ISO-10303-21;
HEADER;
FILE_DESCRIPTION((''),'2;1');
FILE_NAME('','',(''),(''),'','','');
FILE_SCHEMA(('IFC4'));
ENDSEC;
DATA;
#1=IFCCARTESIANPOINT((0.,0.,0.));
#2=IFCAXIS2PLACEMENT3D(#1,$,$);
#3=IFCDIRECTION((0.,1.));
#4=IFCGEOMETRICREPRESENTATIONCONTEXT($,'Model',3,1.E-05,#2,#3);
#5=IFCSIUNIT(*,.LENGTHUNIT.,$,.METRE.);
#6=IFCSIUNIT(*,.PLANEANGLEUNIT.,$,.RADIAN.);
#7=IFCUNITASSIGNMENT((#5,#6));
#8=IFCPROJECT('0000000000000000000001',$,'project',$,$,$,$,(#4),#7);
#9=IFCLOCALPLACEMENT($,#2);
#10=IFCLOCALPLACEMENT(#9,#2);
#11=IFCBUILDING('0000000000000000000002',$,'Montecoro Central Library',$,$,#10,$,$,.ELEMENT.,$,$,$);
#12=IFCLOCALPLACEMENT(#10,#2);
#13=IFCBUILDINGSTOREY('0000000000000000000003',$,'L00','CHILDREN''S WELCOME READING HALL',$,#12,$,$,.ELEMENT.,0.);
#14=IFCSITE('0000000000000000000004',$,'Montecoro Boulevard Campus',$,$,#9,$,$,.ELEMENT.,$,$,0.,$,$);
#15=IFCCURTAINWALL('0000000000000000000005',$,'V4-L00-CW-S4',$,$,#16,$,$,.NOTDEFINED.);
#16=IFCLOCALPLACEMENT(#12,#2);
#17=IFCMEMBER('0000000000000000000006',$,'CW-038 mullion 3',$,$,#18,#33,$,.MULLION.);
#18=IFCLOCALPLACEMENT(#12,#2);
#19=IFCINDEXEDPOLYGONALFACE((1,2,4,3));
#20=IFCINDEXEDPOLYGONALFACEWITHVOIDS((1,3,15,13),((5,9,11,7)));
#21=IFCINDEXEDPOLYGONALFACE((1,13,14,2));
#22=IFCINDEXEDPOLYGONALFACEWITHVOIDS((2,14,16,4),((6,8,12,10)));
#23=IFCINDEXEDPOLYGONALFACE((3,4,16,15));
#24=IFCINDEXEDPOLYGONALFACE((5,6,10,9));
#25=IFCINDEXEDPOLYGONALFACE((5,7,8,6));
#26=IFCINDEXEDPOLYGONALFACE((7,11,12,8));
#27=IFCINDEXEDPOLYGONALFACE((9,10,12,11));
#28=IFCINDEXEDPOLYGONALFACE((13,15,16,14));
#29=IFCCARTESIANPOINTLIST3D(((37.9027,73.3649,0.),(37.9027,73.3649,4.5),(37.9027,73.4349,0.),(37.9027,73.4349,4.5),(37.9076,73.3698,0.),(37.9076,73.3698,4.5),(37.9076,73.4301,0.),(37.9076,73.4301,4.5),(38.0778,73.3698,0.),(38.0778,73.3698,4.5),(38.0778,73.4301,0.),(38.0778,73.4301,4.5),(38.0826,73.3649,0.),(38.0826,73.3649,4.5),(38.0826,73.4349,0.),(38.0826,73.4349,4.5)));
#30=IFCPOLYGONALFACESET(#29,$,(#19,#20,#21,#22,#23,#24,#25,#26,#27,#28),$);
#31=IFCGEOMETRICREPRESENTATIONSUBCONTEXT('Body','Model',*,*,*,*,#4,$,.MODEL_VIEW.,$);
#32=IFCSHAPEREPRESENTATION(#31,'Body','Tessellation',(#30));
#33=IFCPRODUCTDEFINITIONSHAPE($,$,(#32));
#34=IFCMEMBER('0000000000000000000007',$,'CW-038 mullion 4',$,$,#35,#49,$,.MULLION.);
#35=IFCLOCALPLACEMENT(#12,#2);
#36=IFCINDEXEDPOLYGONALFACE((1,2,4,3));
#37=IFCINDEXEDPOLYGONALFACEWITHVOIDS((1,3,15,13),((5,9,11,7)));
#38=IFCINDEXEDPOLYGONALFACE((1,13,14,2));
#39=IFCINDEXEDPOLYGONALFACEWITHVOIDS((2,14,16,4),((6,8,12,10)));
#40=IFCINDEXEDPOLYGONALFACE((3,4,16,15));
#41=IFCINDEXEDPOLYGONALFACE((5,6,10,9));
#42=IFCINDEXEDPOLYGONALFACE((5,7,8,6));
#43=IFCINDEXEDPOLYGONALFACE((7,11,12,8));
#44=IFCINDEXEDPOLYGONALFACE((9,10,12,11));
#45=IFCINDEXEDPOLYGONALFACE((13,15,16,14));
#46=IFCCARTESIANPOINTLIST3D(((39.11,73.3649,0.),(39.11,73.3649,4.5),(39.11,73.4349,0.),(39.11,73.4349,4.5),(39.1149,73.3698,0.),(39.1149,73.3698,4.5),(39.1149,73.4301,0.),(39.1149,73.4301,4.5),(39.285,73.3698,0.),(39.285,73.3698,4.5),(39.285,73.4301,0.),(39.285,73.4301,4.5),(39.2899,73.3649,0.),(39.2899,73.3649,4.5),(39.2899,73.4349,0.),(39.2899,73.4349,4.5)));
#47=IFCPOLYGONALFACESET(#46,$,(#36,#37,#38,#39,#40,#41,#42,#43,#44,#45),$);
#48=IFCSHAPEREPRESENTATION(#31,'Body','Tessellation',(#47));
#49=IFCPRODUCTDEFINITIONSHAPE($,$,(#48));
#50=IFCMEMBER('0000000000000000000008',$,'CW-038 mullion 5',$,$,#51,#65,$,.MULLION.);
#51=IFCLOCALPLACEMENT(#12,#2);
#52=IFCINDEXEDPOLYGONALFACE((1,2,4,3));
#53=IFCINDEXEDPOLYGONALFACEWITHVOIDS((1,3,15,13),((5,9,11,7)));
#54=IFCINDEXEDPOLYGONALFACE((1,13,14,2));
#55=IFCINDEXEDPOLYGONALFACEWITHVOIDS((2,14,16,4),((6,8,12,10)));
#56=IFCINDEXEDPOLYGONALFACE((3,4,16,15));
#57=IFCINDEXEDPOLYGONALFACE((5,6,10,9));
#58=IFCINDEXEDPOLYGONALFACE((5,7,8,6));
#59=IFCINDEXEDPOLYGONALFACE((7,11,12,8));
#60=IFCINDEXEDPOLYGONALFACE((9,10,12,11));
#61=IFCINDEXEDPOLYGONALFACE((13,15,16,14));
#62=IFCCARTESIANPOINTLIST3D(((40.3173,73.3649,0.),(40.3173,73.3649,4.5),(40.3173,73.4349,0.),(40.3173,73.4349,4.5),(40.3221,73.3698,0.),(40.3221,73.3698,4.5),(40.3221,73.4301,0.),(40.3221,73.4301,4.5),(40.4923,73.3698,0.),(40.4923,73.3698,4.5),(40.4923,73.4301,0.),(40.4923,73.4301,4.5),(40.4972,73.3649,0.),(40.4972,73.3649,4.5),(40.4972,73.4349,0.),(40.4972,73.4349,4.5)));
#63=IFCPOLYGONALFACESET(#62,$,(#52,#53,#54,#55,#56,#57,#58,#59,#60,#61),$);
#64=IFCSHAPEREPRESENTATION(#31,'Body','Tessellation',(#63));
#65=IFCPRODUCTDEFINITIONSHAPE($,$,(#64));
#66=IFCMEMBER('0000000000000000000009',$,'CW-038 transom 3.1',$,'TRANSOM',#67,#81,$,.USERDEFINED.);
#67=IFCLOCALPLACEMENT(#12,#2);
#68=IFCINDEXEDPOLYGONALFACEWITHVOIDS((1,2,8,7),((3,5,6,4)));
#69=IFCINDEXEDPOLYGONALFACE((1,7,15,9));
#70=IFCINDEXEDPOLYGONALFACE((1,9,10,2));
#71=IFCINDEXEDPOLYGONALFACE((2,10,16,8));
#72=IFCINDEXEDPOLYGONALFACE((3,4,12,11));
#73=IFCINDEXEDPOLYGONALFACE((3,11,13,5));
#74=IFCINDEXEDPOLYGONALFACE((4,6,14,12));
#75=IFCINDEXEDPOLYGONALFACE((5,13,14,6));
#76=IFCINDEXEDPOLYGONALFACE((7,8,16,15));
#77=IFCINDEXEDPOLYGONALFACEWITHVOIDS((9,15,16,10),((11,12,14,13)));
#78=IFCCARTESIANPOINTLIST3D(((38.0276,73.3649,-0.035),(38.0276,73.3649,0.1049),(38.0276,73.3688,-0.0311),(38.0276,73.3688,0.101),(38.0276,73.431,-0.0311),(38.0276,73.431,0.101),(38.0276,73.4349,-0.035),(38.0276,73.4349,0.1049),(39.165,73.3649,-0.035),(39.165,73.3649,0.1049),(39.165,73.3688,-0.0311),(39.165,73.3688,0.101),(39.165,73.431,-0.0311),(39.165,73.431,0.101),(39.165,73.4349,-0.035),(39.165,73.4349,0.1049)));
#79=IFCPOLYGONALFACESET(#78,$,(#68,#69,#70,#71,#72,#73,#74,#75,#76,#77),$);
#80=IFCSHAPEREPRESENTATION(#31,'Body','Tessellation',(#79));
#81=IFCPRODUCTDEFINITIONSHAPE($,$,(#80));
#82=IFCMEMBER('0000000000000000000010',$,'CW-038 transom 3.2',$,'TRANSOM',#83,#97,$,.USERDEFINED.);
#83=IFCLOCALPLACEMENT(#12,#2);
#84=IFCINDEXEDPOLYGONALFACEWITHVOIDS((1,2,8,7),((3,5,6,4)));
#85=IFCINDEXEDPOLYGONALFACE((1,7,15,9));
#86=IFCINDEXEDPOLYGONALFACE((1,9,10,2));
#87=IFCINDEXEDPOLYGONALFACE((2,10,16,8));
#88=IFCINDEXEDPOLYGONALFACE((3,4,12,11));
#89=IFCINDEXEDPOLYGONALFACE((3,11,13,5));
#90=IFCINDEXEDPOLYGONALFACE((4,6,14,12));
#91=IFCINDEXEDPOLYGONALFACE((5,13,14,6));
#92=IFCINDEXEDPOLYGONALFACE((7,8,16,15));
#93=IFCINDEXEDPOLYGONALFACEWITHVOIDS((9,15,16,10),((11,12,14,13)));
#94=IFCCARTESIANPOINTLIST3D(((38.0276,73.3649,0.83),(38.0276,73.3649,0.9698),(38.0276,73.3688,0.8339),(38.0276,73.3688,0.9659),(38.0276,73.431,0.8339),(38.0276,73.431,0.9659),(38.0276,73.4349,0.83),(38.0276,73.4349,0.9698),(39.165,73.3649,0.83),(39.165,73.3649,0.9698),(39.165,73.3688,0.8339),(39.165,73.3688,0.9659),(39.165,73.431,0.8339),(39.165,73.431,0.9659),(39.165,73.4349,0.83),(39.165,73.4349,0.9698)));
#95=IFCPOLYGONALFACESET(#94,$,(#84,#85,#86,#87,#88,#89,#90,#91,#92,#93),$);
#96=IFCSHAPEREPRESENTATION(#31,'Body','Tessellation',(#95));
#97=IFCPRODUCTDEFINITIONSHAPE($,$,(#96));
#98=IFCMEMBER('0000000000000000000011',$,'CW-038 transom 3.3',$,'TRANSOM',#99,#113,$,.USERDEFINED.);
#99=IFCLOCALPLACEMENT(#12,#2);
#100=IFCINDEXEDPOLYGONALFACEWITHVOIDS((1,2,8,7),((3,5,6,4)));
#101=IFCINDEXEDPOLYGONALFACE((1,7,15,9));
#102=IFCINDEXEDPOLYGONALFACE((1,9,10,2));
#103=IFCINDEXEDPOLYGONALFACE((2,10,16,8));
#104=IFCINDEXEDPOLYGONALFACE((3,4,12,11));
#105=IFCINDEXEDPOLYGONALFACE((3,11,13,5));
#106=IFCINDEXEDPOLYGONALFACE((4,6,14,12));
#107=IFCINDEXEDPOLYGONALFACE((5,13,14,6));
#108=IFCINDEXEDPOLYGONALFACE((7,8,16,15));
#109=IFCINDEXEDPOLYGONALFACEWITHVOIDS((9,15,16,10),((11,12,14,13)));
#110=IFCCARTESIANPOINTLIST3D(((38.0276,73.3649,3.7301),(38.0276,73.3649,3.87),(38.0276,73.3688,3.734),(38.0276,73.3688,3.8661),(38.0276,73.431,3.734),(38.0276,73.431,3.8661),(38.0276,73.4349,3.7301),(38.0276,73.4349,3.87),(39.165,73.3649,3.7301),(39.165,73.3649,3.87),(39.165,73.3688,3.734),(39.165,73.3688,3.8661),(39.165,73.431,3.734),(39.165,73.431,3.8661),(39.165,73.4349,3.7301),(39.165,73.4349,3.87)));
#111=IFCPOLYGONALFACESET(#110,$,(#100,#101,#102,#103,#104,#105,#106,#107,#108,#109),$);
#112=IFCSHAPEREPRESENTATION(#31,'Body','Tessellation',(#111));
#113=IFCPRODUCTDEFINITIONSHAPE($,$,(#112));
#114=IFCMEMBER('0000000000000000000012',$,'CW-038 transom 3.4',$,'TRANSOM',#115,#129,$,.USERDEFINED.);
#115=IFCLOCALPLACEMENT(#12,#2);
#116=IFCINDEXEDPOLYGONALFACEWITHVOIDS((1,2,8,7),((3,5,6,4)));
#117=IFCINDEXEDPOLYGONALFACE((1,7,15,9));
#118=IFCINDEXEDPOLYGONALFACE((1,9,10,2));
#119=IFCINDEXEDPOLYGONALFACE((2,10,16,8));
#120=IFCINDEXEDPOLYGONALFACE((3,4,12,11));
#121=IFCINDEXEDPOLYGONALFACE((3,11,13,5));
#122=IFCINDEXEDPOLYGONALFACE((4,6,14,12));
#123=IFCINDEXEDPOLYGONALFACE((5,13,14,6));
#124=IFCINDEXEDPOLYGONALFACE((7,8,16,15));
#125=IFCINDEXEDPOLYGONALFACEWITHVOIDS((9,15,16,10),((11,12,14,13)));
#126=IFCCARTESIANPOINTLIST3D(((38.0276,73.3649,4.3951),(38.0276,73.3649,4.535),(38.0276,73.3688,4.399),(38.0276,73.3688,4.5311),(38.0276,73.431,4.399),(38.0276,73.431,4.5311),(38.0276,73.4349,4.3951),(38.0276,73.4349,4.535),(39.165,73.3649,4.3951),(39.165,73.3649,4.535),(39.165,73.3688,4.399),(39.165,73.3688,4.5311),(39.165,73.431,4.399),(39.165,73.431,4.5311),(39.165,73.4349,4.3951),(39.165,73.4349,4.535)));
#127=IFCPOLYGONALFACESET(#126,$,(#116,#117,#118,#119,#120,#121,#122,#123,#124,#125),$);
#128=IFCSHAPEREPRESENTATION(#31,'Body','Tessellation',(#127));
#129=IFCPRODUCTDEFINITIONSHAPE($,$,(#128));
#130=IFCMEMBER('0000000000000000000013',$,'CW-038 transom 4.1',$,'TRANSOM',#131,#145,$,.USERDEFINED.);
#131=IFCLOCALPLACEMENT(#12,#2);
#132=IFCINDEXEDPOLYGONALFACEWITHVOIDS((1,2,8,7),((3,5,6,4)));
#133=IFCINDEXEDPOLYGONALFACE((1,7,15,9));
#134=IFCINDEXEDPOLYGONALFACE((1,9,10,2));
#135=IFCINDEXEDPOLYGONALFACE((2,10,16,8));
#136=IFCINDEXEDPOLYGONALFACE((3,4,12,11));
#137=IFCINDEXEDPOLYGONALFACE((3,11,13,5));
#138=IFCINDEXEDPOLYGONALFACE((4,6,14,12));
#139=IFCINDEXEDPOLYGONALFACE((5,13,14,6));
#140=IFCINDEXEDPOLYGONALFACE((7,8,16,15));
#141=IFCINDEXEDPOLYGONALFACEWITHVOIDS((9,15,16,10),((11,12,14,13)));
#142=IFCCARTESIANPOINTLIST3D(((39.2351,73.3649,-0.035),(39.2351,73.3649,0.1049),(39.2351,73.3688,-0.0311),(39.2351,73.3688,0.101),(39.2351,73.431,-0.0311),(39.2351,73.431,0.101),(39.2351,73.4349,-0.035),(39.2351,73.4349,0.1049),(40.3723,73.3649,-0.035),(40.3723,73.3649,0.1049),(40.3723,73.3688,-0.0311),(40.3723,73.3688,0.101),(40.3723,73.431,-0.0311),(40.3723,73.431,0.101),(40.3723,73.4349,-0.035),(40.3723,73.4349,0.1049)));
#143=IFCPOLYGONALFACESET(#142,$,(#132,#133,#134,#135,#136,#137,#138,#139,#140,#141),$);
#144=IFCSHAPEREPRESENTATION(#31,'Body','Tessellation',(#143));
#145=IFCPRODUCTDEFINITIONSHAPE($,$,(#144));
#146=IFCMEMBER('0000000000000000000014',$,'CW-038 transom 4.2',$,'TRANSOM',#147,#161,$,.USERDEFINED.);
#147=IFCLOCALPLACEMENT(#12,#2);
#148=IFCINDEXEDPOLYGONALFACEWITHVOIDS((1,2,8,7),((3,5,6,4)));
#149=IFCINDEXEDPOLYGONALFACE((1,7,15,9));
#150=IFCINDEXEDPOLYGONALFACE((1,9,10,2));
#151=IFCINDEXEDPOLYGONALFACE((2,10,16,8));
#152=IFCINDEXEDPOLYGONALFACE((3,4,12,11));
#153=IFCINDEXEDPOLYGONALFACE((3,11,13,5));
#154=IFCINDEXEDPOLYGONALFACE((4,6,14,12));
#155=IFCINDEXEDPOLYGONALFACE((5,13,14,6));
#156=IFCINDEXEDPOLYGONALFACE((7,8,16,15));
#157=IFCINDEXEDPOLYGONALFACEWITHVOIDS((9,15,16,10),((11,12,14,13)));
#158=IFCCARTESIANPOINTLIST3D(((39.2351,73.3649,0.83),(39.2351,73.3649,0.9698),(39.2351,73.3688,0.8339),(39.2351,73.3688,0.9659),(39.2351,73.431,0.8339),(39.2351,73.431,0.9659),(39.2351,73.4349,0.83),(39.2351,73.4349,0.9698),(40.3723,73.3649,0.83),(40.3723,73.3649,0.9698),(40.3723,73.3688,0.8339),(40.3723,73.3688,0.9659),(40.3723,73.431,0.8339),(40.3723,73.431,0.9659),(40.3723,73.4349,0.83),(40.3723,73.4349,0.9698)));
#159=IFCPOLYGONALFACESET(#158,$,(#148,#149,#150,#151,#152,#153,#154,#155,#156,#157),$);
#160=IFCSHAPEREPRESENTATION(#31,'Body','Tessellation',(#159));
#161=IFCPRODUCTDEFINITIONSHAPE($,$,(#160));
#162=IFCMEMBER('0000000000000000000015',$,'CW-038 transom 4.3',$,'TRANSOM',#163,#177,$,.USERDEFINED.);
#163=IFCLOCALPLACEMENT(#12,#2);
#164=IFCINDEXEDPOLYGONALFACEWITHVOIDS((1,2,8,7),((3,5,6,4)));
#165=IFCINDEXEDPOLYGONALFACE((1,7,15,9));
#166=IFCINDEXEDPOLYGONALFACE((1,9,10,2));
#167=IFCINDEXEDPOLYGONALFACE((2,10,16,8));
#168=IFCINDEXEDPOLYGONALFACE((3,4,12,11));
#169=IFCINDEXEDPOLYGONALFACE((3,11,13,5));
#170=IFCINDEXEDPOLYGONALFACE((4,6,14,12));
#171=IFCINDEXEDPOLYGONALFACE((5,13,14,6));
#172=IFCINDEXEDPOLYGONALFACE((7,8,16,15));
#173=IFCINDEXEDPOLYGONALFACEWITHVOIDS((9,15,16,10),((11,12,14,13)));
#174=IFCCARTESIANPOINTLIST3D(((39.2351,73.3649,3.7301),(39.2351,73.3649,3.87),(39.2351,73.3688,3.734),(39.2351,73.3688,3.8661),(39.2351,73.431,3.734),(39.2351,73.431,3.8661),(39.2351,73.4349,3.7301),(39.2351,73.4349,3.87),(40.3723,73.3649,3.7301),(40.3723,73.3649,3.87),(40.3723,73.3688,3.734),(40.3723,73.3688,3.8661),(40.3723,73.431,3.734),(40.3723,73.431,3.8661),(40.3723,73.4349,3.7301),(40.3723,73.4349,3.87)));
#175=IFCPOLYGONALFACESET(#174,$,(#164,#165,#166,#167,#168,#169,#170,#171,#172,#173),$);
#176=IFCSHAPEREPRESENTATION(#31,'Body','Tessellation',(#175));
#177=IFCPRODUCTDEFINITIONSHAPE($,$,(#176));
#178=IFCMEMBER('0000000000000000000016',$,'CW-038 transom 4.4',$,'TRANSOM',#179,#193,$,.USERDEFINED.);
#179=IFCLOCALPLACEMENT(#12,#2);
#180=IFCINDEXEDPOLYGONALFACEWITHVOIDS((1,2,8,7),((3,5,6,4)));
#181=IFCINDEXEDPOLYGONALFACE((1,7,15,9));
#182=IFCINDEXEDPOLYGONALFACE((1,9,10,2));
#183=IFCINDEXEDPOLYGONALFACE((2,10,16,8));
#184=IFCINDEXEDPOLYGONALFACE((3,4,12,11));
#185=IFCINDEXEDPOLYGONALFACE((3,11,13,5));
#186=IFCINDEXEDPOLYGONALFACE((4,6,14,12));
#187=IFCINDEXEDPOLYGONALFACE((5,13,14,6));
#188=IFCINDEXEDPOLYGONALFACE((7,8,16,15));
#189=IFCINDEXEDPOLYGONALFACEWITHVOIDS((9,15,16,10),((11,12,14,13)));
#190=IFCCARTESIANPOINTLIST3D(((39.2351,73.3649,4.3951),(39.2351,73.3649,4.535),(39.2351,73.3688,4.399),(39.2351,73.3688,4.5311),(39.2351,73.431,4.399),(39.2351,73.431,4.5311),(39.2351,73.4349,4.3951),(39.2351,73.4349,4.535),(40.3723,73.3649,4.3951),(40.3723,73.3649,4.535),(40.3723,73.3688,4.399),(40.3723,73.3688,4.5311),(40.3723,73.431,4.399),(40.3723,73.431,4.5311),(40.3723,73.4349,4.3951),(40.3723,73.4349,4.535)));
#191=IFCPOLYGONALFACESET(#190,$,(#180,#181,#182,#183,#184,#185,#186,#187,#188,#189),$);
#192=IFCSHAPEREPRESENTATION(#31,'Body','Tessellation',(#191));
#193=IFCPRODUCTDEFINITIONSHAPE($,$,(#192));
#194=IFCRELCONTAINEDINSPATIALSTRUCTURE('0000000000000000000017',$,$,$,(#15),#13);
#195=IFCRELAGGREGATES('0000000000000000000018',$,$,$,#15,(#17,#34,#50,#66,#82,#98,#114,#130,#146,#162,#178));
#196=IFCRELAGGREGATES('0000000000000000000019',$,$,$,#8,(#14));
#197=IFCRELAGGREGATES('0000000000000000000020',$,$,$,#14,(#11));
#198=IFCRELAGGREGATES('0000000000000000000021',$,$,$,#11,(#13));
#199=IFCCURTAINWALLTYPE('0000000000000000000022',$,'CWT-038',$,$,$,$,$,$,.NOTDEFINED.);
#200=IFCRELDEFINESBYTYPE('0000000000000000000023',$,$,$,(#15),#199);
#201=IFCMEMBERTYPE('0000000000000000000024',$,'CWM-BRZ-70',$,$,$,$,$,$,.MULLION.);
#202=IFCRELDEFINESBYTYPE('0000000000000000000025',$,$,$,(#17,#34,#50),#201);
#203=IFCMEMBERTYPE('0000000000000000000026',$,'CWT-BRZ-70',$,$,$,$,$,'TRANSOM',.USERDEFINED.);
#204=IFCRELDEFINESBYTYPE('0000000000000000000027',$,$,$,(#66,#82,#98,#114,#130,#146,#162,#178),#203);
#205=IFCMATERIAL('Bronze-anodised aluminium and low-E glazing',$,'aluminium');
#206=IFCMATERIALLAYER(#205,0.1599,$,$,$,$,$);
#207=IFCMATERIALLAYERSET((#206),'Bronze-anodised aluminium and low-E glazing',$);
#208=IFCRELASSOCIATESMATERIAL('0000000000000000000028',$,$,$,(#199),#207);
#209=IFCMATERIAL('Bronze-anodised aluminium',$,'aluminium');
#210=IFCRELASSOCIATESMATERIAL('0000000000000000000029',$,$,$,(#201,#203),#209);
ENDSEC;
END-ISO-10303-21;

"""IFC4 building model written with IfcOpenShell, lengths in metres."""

from ifc_helpers import new_model, si_unit, direction, frame, origin, origin_2d, place, context, subcontext, project, spatial, hollow_rectangle, extrude, material, layer, layer_set, material_profile, profile_set, type_object, element, aggregate, save


model = new_model("IFC4")

# Units and contexts
model_context = context("Model", 3, precision=1e-05, world=origin(), true_north=direction((0.0, 1.0)))
body_context = subcontext(model_context, "Body", "Model", "MODEL_VIEW")
ifc_project = project(units=[si_unit("LENGTHUNIT", "METRE"), si_unit("PLANEANGLEUNIT", "RADIAN")], contexts=[model_context])

# Site, building, storey
site_placement = place(None, origin())
site = spatial("IfcSite", under=ifc_project, at=site_placement, Name="Montecoro Boulevard Campus", CompositionType="ELEMENT", RefElevation=0.0)
building_placement = place(site_placement, origin())
building = spatial("IfcBuilding", under=site, at=building_placement, Name="Montecoro Central Library", CompositionType="ELEMENT")
storey_placement = place(building_placement, origin())
storey = spatial("IfcBuildingStorey", under=building, at=storey_placement, Name="L00", Description="CHILDREN'S WELCOME READING HALL", CompositionType="ELEMENT", Elevation=0.0)

# Curtain wall, members
ifc_material_1 = material(Name="Bronze-anodised aluminium and low-E glazing", Category="aluminium")
ifc_layer_1 = layer(ifc_material_1, 0.1599)
ifc_layer_set_1 = layer_set([ifc_layer_1], Name="Bronze-anodised aluminium and low-E glazing")
curtain_wall_type = type_object("IfcCurtainWallType", Name="CWT-038", PredefinedType="NOTDEFINED", material=ifc_layer_set_1)
curtain_wall_placement = place(storey_placement, origin())
curtain_wall = element("IfcCurtainWall", 1, at=curtain_wall_placement, inside=storey, type_object=curtain_wall_type, Name="V4-L00-CW-S4", PredefinedType="NOTDEFINED")
ifc_material_2 = material(Name="Bronze-anodised aluminium", Category="aluminium")
ifc_material_profile_1 = material_profile(ifc_material_2, hollow_rectangle(XDim=0.0701, YDim=0.1799, WallThickness=0.0049, at=origin_2d()), Name="CWM 180x70x5.0")
ifc_profile_set_1 = profile_set([ifc_material_profile_1], Name="Bronze-anodised aluminium")
member_type_1 = type_object("IfcMemberType", Name="CWM-BRZ-70", PredefinedType="MULLION", material=ifc_profile_set_1)
member_1_placement = place(storey_placement, frame((37.9927, 73.3999, 0.0), z_axis=(0.0, 0.0, 1.0), x_axis=(0.0, 1.0, 0.0)))
member_1 = element("IfcMember", 2, at=member_1_placement, type_object=member_type_1, Name="CW-038 mullion 3", PredefinedType="MULLION", context=body_context, shape_type="SweptSolid", body=[
    extrude(hollow_rectangle(XDim=0.0701, YDim=0.1799, WallThickness=0.0049, at=origin_2d()), origin(), (0.0, 0.0, 1.0), 4.5),
])
member_2_placement = place(storey_placement, frame((39.2, 73.3999, 0.0), z_axis=(0.0, 0.0, 1.0), x_axis=(0.0, 1.0, 0.0)))
member_2 = element("IfcMember", 3, at=member_2_placement, type_object=member_type_1, Name="CW-038 mullion 4", PredefinedType="MULLION", context=body_context, shape_type="SweptSolid", body=[
    extrude(hollow_rectangle(XDim=0.0701, YDim=0.1799, WallThickness=0.0049, at=origin_2d()), origin(), (0.0, 0.0, 1.0), 4.5),
])
member_3_placement = place(storey_placement, frame((40.4072, 73.3999, 0.0), z_axis=(0.0, 0.0, 1.0), x_axis=(0.0, 1.0, 0.0)))
member_3 = element("IfcMember", 4, at=member_3_placement, type_object=member_type_1, Name="CW-038 mullion 5", PredefinedType="MULLION", context=body_context, shape_type="SweptSolid", body=[
    extrude(hollow_rectangle(XDim=0.0701, YDim=0.1799, WallThickness=0.0049, at=origin_2d()), origin(), (0.0, 0.0, 1.0), 4.5),
])
ifc_material_profile_2 = material_profile(ifc_material_2, hollow_rectangle(XDim=0.0701, YDim=0.1399, WallThickness=0.0039, at=origin_2d()), Name="CWT 140x70x4.0")
ifc_profile_set_2 = profile_set([ifc_material_profile_2], Name="Bronze-anodised aluminium")
member_type_2 = type_object("IfcMemberType", Name="CWT-BRZ-70", ElementType="TRANSOM", PredefinedType="USERDEFINED", material=ifc_profile_set_2)
member_4_placement = place(storey_placement, frame((38.0276, 73.3999, 0.0349), z_axis=(1.0, 0.0, 0.0), x_axis=(0.0, 1.0, 0.0)))
member_4 = element("IfcMember", 5, at=member_4_placement, type_object=member_type_2, Name="CW-038 transom 3.1", ObjectType="TRANSOM", PredefinedType="USERDEFINED", context=body_context, shape_type="SweptSolid", body=[
    extrude(hollow_rectangle(XDim=0.0701, YDim=0.1399, WallThickness=0.0039, at=origin_2d()), origin(), (0.0, 0.0, 1.0), 1.1375),
])
member_5_placement = place(storey_placement, frame((38.0276, 73.3999, 0.8999), z_axis=(1.0, 0.0, 0.0), x_axis=(0.0, 1.0, 0.0)))
member_5 = element("IfcMember", 6, at=member_5_placement, type_object=member_type_2, Name="CW-038 transom 3.2", ObjectType="TRANSOM", PredefinedType="USERDEFINED", context=body_context, shape_type="SweptSolid", body=[
    extrude(hollow_rectangle(XDim=0.0701, YDim=0.1399, WallThickness=0.0039, at=origin_2d()), origin(), (0.0, 0.0, 1.0), 1.1375),
])
member_6_placement = place(storey_placement, frame((38.0276, 73.3999, 3.8), z_axis=(1.0, 0.0, 0.0), x_axis=(0.0, 1.0, 0.0)))
member_6 = element("IfcMember", 7, at=member_6_placement, type_object=member_type_2, Name="CW-038 transom 3.3", ObjectType="TRANSOM", PredefinedType="USERDEFINED", context=body_context, shape_type="SweptSolid", body=[
    extrude(hollow_rectangle(XDim=0.0701, YDim=0.1399, WallThickness=0.0039, at=origin_2d()), origin(), (0.0, 0.0, 1.0), 1.1375),
])
member_7_placement = place(storey_placement, frame((38.0276, 73.3999, 4.4651), z_axis=(1.0, 0.0, 0.0), x_axis=(0.0, 1.0, 0.0)))
member_7 = element("IfcMember", 8, at=member_7_placement, type_object=member_type_2, Name="CW-038 transom 3.4", ObjectType="TRANSOM", PredefinedType="USERDEFINED", context=body_context, shape_type="SweptSolid", body=[
    extrude(hollow_rectangle(XDim=0.0701, YDim=0.1399, WallThickness=0.0039, at=origin_2d()), origin(), (0.0, 0.0, 1.0), 1.1375),
])
member_8_placement = place(storey_placement, frame((39.2351, 73.3999, 0.0349), z_axis=(1.0, 0.0, 0.0), x_axis=(0.0, 1.0, 0.0)))
member_8 = element("IfcMember", 9, at=member_8_placement, type_object=member_type_2, Name="CW-038 transom 4.1", ObjectType="TRANSOM", PredefinedType="USERDEFINED", context=body_context, shape_type="SweptSolid", body=[
    extrude(hollow_rectangle(XDim=0.0701, YDim=0.1399, WallThickness=0.0039, at=origin_2d()), origin(), (0.0, 0.0, 1.0), 1.1372),
])
member_9_placement = place(storey_placement, frame((39.2351, 73.3999, 0.8999), z_axis=(1.0, 0.0, 0.0), x_axis=(0.0, 1.0, 0.0)))
member_9 = element("IfcMember", 10, at=member_9_placement, type_object=member_type_2, Name="CW-038 transom 4.2", ObjectType="TRANSOM", PredefinedType="USERDEFINED", context=body_context, shape_type="SweptSolid", body=[
    extrude(hollow_rectangle(XDim=0.0701, YDim=0.1399, WallThickness=0.0039, at=origin_2d()), origin(), (0.0, 0.0, 1.0), 1.1372),
])
member_10_placement = place(storey_placement, frame((39.2351, 73.3999, 3.8), z_axis=(1.0, 0.0, 0.0), x_axis=(0.0, 1.0, 0.0)))
member_10 = element("IfcMember", 11, at=member_10_placement, type_object=member_type_2, Name="CW-038 transom 4.3", ObjectType="TRANSOM", PredefinedType="USERDEFINED", context=body_context, shape_type="SweptSolid", body=[
    extrude(hollow_rectangle(XDim=0.0701, YDim=0.1399, WallThickness=0.0039, at=origin_2d()), origin(), (0.0, 0.0, 1.0), 1.1372),
])
member_11_placement = place(storey_placement, frame((39.2351, 73.3999, 4.4651), z_axis=(1.0, 0.0, 0.0), x_axis=(0.0, 1.0, 0.0)))
member_11 = element("IfcMember", 12, at=member_11_placement, type_object=member_type_2, Name="CW-038 transom 4.4", ObjectType="TRANSOM", PredefinedType="USERDEFINED", context=body_context, shape_type="SweptSolid", body=[
    extrude(hollow_rectangle(XDim=0.0701, YDim=0.1399, WallThickness=0.0039, at=origin_2d()), origin(), (0.0, 0.0, 1.0), 1.1372),
])
aggregate(curtain_wall, [member_1, member_2, member_3, member_4, member_5, member_6, member_7, member_8, member_9, member_10, member_11])

save(model, "model.ifc")
